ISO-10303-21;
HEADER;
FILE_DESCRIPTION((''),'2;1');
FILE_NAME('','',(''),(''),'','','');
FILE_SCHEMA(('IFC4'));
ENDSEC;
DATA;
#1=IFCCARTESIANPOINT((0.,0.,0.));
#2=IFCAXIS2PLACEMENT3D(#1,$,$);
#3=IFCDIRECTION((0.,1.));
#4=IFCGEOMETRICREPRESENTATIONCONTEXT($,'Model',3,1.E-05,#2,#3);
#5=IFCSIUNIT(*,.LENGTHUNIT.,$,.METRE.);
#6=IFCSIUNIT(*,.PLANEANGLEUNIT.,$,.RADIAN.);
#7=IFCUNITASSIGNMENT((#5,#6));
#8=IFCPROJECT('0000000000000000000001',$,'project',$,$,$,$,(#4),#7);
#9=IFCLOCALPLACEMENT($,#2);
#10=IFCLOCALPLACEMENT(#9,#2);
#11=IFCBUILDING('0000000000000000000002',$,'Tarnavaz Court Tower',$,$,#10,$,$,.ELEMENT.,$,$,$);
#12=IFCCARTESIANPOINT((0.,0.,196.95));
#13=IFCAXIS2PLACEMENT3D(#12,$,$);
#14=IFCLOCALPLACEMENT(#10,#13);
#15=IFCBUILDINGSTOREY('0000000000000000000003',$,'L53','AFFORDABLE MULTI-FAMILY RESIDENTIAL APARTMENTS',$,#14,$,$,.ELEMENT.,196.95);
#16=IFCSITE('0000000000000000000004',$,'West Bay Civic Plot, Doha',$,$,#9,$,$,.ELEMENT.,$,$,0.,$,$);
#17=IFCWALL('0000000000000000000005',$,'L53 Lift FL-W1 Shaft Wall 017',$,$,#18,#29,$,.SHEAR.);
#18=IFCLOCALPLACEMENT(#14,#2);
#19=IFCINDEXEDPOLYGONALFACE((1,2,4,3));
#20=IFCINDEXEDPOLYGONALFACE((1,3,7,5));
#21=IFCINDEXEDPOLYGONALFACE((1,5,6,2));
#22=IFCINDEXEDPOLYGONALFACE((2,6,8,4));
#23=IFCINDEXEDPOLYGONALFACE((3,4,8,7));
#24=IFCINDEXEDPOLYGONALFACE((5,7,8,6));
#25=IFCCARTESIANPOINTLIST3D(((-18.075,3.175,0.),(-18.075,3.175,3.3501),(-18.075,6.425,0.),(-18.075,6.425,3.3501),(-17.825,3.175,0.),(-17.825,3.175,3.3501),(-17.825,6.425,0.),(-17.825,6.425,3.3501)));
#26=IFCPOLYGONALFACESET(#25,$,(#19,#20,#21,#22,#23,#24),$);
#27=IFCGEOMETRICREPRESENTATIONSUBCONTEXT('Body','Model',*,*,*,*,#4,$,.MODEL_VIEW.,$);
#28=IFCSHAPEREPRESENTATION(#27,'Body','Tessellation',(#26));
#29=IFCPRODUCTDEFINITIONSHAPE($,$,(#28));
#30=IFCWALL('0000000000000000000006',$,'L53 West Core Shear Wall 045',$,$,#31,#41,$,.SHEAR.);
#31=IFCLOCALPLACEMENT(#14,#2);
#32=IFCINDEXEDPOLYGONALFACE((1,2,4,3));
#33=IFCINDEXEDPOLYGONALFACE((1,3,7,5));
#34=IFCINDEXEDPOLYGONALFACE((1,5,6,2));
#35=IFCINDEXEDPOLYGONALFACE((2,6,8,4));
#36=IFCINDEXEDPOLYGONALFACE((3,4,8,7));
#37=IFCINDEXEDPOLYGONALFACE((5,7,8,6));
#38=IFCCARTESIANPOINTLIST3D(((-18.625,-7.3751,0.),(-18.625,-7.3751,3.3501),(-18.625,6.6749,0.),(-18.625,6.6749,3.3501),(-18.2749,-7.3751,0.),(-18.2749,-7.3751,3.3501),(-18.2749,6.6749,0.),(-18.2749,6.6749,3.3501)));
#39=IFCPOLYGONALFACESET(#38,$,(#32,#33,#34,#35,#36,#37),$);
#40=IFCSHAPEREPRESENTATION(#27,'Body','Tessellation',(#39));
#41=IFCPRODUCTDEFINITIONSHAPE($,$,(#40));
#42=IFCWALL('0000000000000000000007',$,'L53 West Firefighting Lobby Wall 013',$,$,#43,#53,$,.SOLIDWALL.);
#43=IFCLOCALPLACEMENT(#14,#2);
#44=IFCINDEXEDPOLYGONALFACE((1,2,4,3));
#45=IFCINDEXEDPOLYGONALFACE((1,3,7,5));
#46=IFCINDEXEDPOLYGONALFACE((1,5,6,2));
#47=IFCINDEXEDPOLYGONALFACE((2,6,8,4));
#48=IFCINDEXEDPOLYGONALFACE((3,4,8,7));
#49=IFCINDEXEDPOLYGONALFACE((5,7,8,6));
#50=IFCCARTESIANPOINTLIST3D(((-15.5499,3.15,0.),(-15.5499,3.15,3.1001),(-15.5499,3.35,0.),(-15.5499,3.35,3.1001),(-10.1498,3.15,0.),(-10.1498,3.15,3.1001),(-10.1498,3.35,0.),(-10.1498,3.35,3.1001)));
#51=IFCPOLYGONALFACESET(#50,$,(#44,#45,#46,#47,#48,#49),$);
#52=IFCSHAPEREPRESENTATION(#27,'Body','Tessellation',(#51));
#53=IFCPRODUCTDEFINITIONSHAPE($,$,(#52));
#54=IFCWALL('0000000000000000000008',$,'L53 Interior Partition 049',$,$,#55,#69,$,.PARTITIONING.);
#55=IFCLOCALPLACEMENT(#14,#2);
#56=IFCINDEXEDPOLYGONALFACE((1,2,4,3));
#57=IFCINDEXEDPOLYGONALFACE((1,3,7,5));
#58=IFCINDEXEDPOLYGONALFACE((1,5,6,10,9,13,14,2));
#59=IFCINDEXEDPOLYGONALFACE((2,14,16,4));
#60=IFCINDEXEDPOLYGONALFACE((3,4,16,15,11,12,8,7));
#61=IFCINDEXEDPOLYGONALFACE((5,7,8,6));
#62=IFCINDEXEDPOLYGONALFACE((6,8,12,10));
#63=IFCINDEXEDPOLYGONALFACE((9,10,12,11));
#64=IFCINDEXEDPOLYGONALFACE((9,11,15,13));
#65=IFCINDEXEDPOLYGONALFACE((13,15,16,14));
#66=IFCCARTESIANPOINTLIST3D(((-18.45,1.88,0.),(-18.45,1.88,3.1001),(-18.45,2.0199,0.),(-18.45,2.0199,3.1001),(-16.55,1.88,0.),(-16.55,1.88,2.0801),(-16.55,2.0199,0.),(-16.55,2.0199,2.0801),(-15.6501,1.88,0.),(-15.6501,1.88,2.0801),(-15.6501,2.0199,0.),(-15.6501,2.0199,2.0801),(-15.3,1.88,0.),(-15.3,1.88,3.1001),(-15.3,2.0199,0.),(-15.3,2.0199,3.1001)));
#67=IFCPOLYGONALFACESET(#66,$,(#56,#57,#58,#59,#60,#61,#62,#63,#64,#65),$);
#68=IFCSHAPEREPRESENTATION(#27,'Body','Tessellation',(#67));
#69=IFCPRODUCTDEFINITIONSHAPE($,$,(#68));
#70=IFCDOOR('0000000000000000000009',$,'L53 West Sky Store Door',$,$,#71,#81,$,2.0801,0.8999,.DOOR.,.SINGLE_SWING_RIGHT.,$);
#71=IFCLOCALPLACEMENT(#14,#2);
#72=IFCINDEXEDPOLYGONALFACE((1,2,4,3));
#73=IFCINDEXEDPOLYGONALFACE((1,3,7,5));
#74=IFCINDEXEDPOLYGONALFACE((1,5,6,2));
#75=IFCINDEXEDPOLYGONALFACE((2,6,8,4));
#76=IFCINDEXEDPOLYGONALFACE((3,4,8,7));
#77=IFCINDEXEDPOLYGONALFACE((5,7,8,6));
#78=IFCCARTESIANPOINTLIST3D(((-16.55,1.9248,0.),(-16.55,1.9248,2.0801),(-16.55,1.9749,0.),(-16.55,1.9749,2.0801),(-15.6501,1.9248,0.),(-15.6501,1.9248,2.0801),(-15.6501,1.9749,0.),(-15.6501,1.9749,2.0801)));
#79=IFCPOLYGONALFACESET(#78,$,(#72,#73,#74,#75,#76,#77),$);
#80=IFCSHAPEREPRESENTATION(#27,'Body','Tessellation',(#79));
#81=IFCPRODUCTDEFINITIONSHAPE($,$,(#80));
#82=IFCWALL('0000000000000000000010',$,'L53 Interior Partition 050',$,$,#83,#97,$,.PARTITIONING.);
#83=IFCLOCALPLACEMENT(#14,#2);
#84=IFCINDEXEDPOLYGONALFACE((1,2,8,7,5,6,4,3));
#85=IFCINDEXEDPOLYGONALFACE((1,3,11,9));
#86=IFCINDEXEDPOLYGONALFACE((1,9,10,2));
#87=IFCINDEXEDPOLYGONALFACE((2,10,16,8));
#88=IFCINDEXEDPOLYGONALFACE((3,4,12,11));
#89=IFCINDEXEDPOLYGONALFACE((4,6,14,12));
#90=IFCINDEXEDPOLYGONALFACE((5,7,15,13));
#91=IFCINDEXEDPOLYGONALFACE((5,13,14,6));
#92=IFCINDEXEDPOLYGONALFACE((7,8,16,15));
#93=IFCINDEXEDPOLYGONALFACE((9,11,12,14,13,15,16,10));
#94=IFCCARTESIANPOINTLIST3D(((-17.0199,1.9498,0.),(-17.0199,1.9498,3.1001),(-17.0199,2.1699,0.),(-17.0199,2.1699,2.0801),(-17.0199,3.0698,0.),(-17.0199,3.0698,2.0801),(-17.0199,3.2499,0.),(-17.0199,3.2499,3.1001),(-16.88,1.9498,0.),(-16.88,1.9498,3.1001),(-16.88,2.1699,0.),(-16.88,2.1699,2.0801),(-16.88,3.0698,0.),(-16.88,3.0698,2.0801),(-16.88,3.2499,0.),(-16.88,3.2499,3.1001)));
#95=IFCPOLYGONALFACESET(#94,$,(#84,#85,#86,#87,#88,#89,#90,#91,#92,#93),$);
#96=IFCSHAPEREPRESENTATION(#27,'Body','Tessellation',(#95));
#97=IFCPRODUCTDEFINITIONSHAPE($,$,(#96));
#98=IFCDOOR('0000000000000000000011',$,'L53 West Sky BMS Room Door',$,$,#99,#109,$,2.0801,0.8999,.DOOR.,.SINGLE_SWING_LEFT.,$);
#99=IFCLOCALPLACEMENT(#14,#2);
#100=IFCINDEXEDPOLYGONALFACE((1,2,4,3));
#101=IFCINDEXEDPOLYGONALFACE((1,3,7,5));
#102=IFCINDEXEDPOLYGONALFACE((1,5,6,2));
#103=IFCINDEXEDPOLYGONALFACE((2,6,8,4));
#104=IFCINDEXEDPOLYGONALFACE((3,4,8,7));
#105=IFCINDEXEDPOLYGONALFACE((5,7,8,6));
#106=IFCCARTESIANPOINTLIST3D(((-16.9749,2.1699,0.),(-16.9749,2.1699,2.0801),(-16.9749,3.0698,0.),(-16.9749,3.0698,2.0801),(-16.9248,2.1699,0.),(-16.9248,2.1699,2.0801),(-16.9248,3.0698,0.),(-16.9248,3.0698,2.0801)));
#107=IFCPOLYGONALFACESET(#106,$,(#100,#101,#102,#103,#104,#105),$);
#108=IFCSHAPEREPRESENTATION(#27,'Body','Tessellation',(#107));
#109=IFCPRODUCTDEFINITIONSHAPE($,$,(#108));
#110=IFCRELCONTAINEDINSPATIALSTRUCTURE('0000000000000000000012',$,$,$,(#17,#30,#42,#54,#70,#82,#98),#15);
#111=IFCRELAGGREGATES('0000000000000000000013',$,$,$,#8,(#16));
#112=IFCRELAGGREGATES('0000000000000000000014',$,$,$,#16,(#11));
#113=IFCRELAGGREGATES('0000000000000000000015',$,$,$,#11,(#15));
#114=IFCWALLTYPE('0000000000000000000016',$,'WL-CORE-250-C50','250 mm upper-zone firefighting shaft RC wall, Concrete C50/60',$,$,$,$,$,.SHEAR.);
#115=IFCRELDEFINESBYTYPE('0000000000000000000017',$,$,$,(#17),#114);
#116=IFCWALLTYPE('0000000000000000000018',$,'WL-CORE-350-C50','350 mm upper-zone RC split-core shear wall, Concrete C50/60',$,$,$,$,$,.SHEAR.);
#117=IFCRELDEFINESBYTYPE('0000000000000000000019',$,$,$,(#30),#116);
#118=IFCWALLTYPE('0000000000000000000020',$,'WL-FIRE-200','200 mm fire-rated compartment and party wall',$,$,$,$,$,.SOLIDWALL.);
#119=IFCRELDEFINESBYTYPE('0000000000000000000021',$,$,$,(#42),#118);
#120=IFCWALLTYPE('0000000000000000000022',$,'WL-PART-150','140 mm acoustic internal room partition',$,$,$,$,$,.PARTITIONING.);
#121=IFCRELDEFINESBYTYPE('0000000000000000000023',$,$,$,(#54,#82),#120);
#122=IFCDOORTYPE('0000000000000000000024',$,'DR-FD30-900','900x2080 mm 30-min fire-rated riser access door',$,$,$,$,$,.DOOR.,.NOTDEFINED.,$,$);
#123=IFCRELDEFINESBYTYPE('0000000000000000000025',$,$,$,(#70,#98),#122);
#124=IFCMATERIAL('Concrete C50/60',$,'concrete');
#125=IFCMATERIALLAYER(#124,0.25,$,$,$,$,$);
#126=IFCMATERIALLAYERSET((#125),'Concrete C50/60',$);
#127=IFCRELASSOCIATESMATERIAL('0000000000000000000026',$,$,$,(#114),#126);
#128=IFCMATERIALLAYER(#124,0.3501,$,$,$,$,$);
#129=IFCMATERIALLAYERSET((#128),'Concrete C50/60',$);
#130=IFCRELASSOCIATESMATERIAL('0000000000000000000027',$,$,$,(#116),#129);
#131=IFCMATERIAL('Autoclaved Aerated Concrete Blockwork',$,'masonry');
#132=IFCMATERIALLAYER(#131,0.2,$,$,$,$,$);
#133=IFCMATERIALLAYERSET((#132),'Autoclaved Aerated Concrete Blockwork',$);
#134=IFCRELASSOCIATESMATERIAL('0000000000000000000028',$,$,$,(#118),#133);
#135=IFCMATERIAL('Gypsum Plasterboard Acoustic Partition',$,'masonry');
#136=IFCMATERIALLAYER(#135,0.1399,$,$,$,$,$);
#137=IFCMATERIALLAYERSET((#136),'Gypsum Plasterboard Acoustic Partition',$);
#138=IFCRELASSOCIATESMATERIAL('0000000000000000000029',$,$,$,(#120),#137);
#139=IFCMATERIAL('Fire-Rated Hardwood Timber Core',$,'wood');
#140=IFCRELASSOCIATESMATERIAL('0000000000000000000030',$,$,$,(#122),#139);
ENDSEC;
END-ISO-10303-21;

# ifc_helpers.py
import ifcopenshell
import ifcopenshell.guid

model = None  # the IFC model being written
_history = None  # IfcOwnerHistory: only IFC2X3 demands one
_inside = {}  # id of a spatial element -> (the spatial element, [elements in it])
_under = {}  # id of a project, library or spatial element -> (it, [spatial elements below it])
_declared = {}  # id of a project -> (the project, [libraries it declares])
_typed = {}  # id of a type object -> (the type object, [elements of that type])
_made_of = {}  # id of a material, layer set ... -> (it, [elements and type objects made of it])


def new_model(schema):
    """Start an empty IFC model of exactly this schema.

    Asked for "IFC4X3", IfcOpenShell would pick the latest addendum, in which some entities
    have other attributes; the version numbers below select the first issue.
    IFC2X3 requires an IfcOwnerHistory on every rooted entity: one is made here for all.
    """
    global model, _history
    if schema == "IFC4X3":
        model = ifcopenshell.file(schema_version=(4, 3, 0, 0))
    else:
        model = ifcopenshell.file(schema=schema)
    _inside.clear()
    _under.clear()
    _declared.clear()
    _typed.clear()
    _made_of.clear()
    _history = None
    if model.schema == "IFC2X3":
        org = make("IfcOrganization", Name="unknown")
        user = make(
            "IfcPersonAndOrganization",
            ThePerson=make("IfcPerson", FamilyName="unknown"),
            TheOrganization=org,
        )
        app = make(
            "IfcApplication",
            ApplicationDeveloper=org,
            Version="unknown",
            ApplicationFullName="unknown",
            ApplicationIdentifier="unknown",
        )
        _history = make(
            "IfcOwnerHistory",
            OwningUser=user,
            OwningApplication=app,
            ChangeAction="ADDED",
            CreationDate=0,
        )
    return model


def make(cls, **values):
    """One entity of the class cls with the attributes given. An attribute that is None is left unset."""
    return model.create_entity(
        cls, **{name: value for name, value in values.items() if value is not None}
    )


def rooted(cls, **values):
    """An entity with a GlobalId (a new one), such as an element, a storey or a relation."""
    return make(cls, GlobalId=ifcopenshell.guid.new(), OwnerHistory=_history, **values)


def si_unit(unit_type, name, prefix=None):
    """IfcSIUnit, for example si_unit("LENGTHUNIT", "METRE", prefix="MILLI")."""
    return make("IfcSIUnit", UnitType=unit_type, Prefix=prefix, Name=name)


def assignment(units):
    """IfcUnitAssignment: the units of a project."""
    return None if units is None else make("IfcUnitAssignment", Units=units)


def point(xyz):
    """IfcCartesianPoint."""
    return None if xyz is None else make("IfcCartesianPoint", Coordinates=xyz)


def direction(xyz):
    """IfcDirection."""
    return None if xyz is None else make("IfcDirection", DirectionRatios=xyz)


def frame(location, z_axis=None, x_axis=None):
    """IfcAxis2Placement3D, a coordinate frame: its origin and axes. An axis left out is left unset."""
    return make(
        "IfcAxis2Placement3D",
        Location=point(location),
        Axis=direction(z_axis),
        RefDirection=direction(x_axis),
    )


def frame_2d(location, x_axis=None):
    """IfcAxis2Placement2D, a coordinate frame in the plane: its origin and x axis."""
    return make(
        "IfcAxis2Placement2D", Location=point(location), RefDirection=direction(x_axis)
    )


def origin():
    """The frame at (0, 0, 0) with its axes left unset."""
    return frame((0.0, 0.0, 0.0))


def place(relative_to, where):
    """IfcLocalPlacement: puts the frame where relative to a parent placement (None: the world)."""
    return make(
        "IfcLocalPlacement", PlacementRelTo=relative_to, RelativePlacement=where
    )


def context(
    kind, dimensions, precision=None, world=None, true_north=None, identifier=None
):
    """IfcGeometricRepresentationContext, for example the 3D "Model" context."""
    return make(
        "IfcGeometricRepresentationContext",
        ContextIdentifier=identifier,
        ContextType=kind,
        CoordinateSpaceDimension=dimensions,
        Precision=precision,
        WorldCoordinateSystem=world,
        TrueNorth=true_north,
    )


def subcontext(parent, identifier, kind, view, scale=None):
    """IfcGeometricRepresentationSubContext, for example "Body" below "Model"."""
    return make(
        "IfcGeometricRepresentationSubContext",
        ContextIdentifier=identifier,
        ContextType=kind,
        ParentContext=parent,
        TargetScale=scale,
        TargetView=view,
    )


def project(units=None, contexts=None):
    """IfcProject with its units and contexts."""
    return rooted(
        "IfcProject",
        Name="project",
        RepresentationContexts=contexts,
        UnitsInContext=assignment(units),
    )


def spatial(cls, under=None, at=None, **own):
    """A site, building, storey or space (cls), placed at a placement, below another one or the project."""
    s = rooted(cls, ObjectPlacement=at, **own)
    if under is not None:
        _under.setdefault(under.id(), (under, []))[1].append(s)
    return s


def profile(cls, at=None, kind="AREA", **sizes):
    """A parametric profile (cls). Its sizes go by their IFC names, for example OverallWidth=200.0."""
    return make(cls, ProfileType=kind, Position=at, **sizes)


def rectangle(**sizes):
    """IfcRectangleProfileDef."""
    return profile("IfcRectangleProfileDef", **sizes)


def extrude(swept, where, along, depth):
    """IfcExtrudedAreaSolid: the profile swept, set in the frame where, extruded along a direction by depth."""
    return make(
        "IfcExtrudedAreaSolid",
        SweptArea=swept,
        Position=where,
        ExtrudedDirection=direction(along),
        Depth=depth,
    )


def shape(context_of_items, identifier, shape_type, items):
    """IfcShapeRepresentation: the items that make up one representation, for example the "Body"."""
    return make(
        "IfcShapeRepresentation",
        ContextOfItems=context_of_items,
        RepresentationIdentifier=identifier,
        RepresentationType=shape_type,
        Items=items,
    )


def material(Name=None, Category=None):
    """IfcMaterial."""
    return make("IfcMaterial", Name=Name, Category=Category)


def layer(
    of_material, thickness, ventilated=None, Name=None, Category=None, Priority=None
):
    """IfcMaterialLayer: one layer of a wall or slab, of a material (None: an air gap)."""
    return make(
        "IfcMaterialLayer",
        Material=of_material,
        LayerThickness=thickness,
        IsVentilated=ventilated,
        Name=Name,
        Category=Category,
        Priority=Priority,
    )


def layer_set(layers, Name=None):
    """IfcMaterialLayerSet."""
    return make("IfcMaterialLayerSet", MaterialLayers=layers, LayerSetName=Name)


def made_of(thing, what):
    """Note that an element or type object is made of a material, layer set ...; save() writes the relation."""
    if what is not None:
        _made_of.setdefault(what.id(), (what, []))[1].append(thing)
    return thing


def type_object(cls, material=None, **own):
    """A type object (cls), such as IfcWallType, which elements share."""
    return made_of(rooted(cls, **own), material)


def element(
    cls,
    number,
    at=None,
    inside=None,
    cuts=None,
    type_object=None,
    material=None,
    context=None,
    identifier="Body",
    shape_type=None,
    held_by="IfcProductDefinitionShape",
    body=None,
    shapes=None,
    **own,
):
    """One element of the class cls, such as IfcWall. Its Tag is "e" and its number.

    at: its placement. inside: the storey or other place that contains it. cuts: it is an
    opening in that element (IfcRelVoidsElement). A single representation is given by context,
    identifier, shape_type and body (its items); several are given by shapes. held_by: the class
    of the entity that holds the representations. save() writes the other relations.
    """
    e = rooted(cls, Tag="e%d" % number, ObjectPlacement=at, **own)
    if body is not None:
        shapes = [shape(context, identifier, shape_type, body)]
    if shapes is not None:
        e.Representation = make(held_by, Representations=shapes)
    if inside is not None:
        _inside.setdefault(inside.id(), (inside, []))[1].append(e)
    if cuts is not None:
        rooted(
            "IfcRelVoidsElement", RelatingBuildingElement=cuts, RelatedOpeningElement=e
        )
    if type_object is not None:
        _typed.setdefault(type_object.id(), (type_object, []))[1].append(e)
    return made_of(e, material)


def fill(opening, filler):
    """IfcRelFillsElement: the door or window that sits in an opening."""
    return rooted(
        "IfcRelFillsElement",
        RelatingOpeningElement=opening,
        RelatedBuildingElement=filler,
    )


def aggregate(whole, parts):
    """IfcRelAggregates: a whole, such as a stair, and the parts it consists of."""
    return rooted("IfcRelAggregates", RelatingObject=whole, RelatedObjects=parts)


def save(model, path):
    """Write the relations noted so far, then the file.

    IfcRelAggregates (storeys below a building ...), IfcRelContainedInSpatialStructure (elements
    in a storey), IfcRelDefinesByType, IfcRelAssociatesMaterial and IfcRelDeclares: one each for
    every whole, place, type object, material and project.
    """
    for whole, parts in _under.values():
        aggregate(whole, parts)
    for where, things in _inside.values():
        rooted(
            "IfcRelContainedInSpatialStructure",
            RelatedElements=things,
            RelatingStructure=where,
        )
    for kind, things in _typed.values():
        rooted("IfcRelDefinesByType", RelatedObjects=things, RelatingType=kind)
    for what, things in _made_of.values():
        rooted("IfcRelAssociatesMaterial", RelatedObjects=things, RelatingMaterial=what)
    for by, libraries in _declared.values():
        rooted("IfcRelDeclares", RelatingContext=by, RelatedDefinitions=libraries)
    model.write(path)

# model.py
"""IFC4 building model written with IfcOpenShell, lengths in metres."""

from ifc_helpers import new_model, si_unit, direction, frame, frame_2d, origin, place, context, subcontext, project, spatial, rectangle, extrude, material, layer, layer_set, type_object, element, fill, save


model = new_model("IFC4")

# Units and contexts
model_context = context("Model", 3, precision=1e-05, world=origin(), true_north=direction((0.0, 1.0)))
body_context = subcontext(model_context, "Body", "Model", "MODEL_VIEW")
ifc_project = project(units=[si_unit("LENGTHUNIT", "METRE"), si_unit("PLANEANGLEUNIT", "RADIAN")], contexts=[model_context])

# Site, building, storey
site_placement = place(None, origin())
site = spatial("IfcSite", under=ifc_project, at=site_placement, Name="West Bay Civic Plot, Doha", CompositionType="ELEMENT", RefElevation=0.0)
building_placement = place(site_placement, origin())
building = spatial("IfcBuilding", under=site, at=building_placement, Name="Tarnavaz Court Tower", CompositionType="ELEMENT")
storey_placement = place(building_placement, frame((0.0, 0.0, 196.95)))
storey = spatial("IfcBuildingStorey", under=building, at=storey_placement, Name="L53", Description="AFFORDABLE MULTI-FAMILY RESIDENTIAL APARTMENTS", CompositionType="ELEMENT", Elevation=196.95)

# Shared definitions
ifc_material_1 = material(Name="Concrete C50/60", Category="concrete")

# Wall
ifc_layer_1 = layer(ifc_material_1, 0.25)
ifc_layer_set_1 = layer_set([ifc_layer_1], Name="Concrete C50/60")
wall_type_1 = type_object("IfcWallType", Name="WL-CORE-250-C50", Description="250 mm upper-zone firefighting shaft RC wall, Concrete C50/60", PredefinedType="SHEAR", material=ifc_layer_set_1)
wall_1_placement = place(storey_placement, frame((-17.95, 3.175, 0.0), z_axis=(0.0, 0.0, 1.0), x_axis=(0.0, 1.0, 0.0)))
element("IfcWall", 1, at=wall_1_placement, inside=storey, type_object=wall_type_1, Name="L53 Lift FL-W1 Shaft Wall 017", PredefinedType="SHEAR", context=body_context, shape_type="SweptSolid", body=[
    extrude(rectangle(XDim=3.25, YDim=0.25, at=frame_2d((1.625, 0.0))), origin(), (0.0, 0.0, 1.0), 3.3501),
])

# Wall
ifc_layer_2 = layer(ifc_material_1, 0.3501)
ifc_layer_set_2 = layer_set([ifc_layer_2], Name="Concrete C50/60")
wall_type_2 = type_object("IfcWallType", Name="WL-CORE-350-C50", Description="350 mm upper-zone RC split-core shear wall, Concrete C50/60", PredefinedType="SHEAR", material=ifc_layer_set_2)
wall_2_placement = place(storey_placement, frame((-18.45, -7.375, 0.0), z_axis=(0.0, 0.0, 1.0), x_axis=(0.0, 1.0, 0.0)))
element("IfcWall", 2, at=wall_2_placement, inside=storey, type_object=wall_type_2, Name="L53 West Core Shear Wall 045", PredefinedType="SHEAR", context=body_context, shape_type="SweptSolid", body=[
    extrude(rectangle(XDim=14.05, YDim=0.3501, at=frame_2d((7.0249, 0.0))), origin(), (0.0, 0.0, 1.0), 3.3501),
])

# Shared definitions
ifc_material_2 = material(Name="Fire-Rated Hardwood Timber Core", Category="wood")

# Wall
ifc_material_3 = material(Name="Autoclaved Aerated Concrete Blockwork", Category="masonry")
ifc_layer_3 = layer(ifc_material_3, 0.2)
ifc_layer_set_3 = layer_set([ifc_layer_3], Name="Autoclaved Aerated Concrete Blockwork")
wall_type_3 = type_object("IfcWallType", Name="WL-FIRE-200", Description="200 mm fire-rated compartment and party wall", PredefinedType="SOLIDWALL", material=ifc_layer_set_3)
wall_3_placement = place(storey_placement, frame((-15.55, 3.25, 0.0), z_axis=(0.0, 0.0, 1.0), x_axis=(1.0, 0.0, 0.0)))
element("IfcWall", 3, at=wall_3_placement, inside=storey, type_object=wall_type_3, Name="L53 West Firefighting Lobby Wall 013", PredefinedType="SOLIDWALL", context=body_context, shape_type="SweptSolid", body=[
    extrude(rectangle(XDim=5.4001, YDim=0.2, at=frame_2d((2.7002, 0.0))), origin(), (0.0, 0.0, 1.0), 3.1001),
])

# Walls, openings, doors
ifc_material_4 = material(Name="Gypsum Plasterboard Acoustic Partition", Category="masonry")
ifc_layer_4 = layer(ifc_material_4, 0.1399)
ifc_layer_set_4 = layer_set([ifc_layer_4], Name="Gypsum Plasterboard Acoustic Partition")
wall_type_4 = type_object("IfcWallType", Name="WL-PART-150", Description="140 mm acoustic internal room partition", PredefinedType="PARTITIONING", material=ifc_layer_set_4)
wall_4_placement = place(storey_placement, frame((-18.45, 1.95, 0.0), z_axis=(0.0, 0.0, 1.0), x_axis=(1.0, 0.0, 0.0)))
wall_4 = element("IfcWall", 4, at=wall_4_placement, inside=storey, type_object=wall_type_4, Name="L53 Interior Partition 049", PredefinedType="PARTITIONING", context=body_context, shape_type="SweptSolid", body=[
    extrude(rectangle(XDim=3.1499, YDim=0.1399, at=frame_2d((1.575, 0.0))), origin(), (0.0, 0.0, 1.0), 3.1001),
])
opening_1_placement = place(wall_4_placement, frame((1.8999, 0.0, 0.0)))
opening_1 = element("IfcOpeningElement", 5, at=opening_1_placement, cuts=wall_4, PredefinedType="OPENING", context=body_context, shape_type="SweptSolid", body=[
    extrude(rectangle(XDim=0.8999, YDim=2.0801, at=frame_2d((0.45, 1.04))), frame((0.0, 0.0798, 0.0), z_axis=(0.0, -1.0, 0.0), x_axis=(1.0, 0.0, 0.0)), (0.0, 0.0, 1.0), 0.1599),
])
door_type_1 = type_object("IfcDoorType", Name="DR-FD30-900", Description="900x2080 mm 30-min fire-rated riser access door", OperationType="NOTDEFINED", PredefinedType="DOOR", material=ifc_material_2)
door_1_placement = place(opening_1_placement, origin())
door_1 = element("IfcDoor", 6, at=door_1_placement, inside=storey, type_object=door_type_1, Name="L53 West Sky Store Door", OperationType="SINGLE_SWING_RIGHT", OverallHeight=2.0801, OverallWidth=0.8999, PredefinedType="DOOR", context=body_context, shape_type="SweptSolid", body=[
    extrude(rectangle(XDim=0.8999, YDim=2.0801, at=frame_2d((0.45, 1.04))), frame((0.0, 0.0249, 0.0), z_axis=(0.0, -1.0, 0.0), x_axis=(1.0, 0.0, 0.0)), (0.0, 0.0, 1.0), 0.05),
])
fill(opening_1, door_1)
wall_5_placement = place(storey_placement, frame((-16.95, 1.95, 0.0), z_axis=(0.0, 0.0, 1.0), x_axis=(0.0, 1.0, 0.0)))
wall_5 = element("IfcWall", 7, at=wall_5_placement, inside=storey, type_object=wall_type_4, Name="L53 Interior Partition 050", PredefinedType="PARTITIONING", context=body_context, shape_type="SweptSolid", body=[
    extrude(rectangle(XDim=1.3, YDim=0.1399, at=frame_2d((0.6499, 0.0))), origin(), (0.0, 0.0, 1.0), 3.1001),
])
opening_2_placement = place(wall_5_placement, frame((0.22, 0.0, 0.0)))
opening_2 = element("IfcOpeningElement", 8, at=opening_2_placement, cuts=wall_5, PredefinedType="OPENING", context=body_context, shape_type="SweptSolid", body=[
    extrude(rectangle(XDim=0.8999, YDim=2.0801, at=frame_2d((0.45, 1.04))), frame((0.0, 0.0798, 0.0), z_axis=(0.0, -1.0, 0.0), x_axis=(1.0, 0.0, 0.0)), (0.0, 0.0, 1.0), 0.1599),
])
door_2_placement = place(opening_2_placement, origin())
door_2 = element("IfcDoor", 9, at=door_2_placement, inside=storey, type_object=door_type_1, Name="L53 West Sky BMS Room Door", OperationType="SINGLE_SWING_LEFT", OverallHeight=2.0801, OverallWidth=0.8999, PredefinedType="DOOR", context=body_context, shape_type="SweptSolid", body=[
    extrude(rectangle(XDim=0.8999, YDim=2.0801, at=frame_2d((0.45, 1.04))), frame((0.0, 0.0249, 0.0), z_axis=(0.0, -1.0, 0.0), x_axis=(1.0, 0.0, 0.0)), (0.0, 0.0, 1.0), 0.05),
])
fill(opening_2, door_2)

save(model, "model.ifc")
